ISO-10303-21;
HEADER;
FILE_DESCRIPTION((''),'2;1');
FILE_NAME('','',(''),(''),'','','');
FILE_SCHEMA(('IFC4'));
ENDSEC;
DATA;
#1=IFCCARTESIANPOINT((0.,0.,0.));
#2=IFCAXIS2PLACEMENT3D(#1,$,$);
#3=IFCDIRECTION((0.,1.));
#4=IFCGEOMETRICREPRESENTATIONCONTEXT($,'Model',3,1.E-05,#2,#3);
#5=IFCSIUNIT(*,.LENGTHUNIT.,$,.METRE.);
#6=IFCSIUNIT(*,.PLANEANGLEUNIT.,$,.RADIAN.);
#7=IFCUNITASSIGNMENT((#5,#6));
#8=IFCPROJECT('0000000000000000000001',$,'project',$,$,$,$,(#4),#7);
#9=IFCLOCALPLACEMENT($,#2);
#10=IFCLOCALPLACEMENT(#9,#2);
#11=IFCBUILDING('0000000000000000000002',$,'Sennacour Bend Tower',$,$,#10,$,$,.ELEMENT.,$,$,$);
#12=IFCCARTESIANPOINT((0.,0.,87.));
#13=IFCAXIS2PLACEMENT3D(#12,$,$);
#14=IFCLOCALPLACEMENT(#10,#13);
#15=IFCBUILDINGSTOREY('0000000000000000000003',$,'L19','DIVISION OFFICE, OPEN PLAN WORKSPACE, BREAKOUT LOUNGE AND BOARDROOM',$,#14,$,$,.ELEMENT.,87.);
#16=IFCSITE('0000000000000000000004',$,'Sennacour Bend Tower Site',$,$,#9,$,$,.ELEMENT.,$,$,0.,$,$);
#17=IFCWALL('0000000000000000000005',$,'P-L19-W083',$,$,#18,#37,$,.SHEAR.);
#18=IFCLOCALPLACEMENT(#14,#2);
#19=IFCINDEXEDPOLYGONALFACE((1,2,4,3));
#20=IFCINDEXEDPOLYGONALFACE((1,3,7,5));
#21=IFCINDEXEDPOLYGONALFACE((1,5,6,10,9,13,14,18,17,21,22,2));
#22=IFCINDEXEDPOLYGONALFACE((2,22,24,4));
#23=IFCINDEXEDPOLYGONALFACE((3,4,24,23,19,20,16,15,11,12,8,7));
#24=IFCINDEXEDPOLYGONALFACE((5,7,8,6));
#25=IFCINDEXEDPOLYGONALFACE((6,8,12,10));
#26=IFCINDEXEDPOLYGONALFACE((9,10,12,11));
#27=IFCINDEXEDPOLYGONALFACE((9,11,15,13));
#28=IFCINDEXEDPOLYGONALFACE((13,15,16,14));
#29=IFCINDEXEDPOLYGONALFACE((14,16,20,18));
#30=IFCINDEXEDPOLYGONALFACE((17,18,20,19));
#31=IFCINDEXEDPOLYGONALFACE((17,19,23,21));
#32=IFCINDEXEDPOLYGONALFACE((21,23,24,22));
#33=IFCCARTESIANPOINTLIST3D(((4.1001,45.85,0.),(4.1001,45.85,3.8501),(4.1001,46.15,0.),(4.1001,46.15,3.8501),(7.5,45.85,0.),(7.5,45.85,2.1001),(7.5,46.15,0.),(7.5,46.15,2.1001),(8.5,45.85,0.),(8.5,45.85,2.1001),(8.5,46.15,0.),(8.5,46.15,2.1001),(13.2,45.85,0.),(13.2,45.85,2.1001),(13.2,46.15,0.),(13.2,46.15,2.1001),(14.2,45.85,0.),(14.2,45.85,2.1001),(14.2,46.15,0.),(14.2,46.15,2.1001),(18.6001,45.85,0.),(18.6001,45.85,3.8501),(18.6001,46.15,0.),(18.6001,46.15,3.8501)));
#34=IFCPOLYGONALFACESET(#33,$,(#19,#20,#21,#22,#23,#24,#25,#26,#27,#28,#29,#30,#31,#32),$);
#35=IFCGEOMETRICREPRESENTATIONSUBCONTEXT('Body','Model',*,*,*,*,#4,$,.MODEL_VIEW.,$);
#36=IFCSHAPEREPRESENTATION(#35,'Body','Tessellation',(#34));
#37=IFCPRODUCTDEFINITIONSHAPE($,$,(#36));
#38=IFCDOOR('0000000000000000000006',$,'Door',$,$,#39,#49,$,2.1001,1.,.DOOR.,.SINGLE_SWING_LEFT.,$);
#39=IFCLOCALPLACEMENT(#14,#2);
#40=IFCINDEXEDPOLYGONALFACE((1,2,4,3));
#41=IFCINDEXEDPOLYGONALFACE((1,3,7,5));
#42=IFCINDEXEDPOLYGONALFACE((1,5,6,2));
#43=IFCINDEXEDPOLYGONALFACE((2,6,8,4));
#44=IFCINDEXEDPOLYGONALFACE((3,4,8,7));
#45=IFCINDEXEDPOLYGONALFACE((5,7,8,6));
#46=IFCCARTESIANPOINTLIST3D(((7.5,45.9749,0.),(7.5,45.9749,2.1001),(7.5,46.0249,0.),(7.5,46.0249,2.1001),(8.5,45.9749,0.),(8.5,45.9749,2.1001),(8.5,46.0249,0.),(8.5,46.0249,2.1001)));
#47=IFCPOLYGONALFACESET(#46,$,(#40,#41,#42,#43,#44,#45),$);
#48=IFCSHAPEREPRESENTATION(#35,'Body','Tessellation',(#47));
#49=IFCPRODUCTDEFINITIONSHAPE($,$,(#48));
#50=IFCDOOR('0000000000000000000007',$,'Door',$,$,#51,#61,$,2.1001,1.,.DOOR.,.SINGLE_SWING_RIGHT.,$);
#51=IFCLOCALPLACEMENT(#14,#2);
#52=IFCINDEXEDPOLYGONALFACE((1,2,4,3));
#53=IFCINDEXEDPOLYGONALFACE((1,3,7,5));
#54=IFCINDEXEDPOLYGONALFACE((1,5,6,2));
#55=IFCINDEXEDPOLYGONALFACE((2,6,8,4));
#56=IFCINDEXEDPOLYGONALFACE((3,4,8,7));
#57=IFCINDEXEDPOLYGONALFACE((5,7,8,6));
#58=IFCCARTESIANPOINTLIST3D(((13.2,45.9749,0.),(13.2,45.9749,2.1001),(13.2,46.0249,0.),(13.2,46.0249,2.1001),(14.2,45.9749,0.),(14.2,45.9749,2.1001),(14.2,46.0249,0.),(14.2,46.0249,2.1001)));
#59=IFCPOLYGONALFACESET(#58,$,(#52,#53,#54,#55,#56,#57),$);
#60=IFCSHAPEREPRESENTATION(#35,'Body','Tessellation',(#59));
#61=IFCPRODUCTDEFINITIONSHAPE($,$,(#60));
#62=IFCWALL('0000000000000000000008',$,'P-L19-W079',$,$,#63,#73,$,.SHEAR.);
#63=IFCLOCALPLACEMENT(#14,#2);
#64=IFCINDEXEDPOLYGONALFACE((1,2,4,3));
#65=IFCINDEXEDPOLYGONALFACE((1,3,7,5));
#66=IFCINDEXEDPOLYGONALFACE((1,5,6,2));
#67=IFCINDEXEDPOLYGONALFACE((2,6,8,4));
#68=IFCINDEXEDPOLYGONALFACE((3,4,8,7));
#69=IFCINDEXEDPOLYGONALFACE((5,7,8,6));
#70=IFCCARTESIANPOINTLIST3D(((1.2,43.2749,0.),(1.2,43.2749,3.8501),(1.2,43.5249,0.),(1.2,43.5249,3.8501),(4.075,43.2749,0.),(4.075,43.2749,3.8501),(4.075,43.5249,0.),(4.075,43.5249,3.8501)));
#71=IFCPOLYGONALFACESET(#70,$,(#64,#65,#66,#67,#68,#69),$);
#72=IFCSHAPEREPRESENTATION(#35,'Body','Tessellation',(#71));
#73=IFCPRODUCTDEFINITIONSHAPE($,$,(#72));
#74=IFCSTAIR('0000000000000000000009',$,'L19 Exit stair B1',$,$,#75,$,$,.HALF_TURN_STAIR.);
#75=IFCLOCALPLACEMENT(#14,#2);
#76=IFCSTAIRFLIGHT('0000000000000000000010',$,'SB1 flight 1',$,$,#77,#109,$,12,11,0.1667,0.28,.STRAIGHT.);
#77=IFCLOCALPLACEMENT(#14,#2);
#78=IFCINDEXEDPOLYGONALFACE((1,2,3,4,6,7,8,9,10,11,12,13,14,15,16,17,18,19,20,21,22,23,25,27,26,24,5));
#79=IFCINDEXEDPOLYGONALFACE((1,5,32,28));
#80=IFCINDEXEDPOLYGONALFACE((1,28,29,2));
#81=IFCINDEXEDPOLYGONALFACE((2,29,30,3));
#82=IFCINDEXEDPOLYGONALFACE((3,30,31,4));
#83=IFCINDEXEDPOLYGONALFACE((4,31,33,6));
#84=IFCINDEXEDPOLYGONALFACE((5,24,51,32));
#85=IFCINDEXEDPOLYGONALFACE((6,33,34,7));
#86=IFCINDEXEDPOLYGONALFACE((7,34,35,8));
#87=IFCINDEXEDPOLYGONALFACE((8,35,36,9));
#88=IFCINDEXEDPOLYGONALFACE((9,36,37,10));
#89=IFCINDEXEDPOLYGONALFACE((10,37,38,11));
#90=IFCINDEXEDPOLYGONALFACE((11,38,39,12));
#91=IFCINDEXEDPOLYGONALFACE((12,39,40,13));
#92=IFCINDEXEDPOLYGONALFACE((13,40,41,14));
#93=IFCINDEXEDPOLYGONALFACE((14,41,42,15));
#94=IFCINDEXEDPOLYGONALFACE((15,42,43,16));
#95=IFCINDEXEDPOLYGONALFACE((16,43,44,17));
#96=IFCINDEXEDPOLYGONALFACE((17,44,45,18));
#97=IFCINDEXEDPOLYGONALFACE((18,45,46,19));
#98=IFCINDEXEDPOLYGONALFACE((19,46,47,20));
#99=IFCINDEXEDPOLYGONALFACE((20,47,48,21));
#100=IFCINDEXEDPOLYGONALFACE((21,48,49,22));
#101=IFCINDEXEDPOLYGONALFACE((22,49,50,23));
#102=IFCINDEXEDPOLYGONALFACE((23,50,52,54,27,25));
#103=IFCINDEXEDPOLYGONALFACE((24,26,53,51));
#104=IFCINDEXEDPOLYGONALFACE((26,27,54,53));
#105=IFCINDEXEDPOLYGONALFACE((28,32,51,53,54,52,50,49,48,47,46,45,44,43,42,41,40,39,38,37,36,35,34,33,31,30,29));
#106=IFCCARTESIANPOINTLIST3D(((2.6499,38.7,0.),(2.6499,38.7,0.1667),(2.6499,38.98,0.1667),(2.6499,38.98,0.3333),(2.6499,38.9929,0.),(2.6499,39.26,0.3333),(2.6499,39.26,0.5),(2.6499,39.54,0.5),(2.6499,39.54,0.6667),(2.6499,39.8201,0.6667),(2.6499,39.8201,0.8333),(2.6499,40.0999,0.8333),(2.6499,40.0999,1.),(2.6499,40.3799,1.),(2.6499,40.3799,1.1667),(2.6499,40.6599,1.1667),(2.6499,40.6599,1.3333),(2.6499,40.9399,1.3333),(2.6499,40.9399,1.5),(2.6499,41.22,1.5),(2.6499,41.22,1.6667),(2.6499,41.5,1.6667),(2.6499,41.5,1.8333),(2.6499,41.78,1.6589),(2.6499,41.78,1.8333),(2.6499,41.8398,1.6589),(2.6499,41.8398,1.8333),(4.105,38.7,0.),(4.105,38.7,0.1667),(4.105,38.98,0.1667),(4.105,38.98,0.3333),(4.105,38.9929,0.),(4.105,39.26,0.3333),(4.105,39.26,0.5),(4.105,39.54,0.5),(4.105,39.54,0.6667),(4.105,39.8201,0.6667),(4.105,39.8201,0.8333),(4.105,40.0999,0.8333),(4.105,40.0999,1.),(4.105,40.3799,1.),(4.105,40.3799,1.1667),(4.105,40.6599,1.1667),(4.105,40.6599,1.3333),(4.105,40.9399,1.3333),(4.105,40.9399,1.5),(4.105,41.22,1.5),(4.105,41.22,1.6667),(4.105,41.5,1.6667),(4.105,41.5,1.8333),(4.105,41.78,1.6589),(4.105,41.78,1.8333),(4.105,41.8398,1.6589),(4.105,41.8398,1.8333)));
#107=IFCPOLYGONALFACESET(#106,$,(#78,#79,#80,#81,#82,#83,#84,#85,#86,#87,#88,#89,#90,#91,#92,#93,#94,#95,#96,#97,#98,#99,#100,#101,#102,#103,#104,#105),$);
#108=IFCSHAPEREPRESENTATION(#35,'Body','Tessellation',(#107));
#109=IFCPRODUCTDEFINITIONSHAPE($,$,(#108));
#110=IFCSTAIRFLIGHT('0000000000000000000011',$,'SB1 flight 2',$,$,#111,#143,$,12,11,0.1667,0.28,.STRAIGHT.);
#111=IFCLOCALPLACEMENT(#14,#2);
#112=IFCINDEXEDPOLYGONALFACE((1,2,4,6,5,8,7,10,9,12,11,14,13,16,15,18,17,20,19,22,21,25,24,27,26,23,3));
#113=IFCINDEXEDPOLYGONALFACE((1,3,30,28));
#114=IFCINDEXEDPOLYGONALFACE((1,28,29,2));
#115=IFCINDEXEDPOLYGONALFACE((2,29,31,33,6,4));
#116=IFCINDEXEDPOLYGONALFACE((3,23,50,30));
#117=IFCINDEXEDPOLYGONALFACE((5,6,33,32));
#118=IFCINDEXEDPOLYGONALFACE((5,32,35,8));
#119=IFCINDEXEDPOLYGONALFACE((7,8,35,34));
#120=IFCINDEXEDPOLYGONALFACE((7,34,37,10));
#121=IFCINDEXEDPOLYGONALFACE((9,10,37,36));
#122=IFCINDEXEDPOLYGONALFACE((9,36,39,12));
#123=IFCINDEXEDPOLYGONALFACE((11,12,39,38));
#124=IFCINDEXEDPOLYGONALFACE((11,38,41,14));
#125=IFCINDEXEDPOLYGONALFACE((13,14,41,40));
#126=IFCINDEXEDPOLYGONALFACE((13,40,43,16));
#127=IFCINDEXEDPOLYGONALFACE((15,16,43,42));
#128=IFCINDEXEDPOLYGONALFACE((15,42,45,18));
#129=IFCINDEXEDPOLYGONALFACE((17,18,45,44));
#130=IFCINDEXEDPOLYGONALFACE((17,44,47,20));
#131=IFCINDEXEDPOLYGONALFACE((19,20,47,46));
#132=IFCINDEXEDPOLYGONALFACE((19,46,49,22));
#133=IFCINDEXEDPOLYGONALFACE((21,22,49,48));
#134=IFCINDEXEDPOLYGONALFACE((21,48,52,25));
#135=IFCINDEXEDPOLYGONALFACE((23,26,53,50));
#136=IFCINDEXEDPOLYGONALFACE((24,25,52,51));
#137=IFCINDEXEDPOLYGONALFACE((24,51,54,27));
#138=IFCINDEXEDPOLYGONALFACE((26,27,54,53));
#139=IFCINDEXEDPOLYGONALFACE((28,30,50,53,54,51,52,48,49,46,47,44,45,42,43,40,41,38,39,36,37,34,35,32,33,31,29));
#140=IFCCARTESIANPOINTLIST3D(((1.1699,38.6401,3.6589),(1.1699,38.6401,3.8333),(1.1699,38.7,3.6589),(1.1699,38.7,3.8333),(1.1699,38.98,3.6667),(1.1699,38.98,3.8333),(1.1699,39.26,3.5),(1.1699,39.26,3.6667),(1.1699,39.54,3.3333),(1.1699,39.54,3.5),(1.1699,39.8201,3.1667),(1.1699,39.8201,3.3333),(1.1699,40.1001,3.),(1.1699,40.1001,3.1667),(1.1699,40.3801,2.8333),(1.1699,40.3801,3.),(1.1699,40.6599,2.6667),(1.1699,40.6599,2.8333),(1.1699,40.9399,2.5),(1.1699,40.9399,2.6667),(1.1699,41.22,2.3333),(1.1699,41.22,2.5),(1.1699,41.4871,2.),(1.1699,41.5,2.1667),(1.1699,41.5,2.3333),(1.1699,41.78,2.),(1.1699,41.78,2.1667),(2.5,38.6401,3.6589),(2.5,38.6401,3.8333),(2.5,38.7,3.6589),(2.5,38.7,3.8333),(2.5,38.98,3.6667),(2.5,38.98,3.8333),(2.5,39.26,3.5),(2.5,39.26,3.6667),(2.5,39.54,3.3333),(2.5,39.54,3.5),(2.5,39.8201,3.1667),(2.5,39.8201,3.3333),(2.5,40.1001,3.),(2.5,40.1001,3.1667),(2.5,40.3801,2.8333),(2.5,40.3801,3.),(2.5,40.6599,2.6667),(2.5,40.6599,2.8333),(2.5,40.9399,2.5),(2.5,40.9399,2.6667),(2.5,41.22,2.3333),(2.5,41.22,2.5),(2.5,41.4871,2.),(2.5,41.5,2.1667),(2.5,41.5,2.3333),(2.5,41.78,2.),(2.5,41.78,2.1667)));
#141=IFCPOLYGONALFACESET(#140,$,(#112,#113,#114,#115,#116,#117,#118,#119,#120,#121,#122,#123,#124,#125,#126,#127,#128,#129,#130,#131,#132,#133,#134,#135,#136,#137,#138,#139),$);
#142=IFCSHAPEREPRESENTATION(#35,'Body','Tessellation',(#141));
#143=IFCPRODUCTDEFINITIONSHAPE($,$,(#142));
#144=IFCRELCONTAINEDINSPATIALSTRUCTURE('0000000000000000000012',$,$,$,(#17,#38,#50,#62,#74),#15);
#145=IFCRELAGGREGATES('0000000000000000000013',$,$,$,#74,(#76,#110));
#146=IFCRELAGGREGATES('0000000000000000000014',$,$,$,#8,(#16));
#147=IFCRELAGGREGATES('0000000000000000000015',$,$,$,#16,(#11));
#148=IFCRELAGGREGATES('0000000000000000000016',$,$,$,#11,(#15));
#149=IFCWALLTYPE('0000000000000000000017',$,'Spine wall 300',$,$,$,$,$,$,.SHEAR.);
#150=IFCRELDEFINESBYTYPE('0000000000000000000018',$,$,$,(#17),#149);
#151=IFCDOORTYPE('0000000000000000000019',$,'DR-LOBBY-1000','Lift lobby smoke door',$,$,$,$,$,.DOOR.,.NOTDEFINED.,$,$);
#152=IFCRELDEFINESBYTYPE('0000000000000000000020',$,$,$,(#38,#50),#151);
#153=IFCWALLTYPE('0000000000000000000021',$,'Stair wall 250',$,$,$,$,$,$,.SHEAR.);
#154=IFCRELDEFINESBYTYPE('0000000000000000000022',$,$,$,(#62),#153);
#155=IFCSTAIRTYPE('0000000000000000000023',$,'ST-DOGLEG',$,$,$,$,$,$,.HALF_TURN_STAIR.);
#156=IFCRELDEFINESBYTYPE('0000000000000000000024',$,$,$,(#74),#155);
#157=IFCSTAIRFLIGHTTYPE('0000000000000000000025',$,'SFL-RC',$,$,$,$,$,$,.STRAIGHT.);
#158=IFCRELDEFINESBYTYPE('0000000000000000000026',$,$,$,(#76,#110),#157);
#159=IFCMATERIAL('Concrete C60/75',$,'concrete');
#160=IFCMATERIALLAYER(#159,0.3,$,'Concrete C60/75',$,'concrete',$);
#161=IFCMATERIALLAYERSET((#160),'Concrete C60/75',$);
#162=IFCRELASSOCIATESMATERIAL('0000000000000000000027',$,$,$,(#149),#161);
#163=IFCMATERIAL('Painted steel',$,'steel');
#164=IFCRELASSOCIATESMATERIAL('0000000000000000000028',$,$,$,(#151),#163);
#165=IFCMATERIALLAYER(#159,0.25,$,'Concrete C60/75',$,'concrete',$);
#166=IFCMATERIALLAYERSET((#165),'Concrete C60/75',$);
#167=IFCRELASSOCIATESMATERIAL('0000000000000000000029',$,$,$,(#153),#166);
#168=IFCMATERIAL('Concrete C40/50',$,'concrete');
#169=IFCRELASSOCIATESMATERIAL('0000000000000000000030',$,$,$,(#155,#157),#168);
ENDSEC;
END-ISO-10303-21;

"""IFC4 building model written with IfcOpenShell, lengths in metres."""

from ifc_helpers import new_model, si_unit, direction, frame, frame_2d, origin, place, context, subcontext, project, spatial, polyline, rectangle, outline, extrude, material, layer, layer_set, type_object, element, fill, aggregate, save


model = new_model("IFC4")

# Units and contexts
model_context = context("Model", 3, precision=1e-05, world=origin(), true_north=direction((0.0, 1.0)))
body_context = subcontext(model_context, "Body", "Model", "MODEL_VIEW")
ifc_project = project(units=[si_unit("LENGTHUNIT", "METRE"), si_unit("PLANEANGLEUNIT", "RADIAN")], contexts=[model_context])

# Site, building, storey
site_placement = place(None, origin())
site = spatial("IfcSite", under=ifc_project, at=site_placement, Name="Sennacour Bend Tower Site", CompositionType="ELEMENT", RefElevation=0.0)
building_placement = place(site_placement, origin())
building = spatial("IfcBuilding", under=site, at=building_placement, Name="Sennacour Bend Tower", CompositionType="ELEMENT")
storey_placement = place(building_placement, frame((0.0, 0.0, 87.0)))
storey = spatial("IfcBuildingStorey", under=building, at=storey_placement, Name="L19", Description="DIVISION OFFICE, OPEN PLAN WORKSPACE, BREAKOUT LOUNGE AND BOARDROOM", CompositionType="ELEMENT", Elevation=87.0)

# Shared definitions
ifc_material_1 = material(Name="Painted steel", Category="steel")

# Wall, openings, doors
ifc_material_2 = material(Name="Concrete C60/75", Category="concrete")
ifc_layer_1 = layer(ifc_material_2, 0.3, Name="Concrete C60/75", Category="concrete")
ifc_layer_set_1 = layer_set([ifc_layer_1], Name="Concrete C60/75")
wall_type_1 = type_object("IfcWallType", Name="Spine wall 300", PredefinedType="SHEAR", material=ifc_layer_set_1)
wall_1_placement = place(storey_placement, frame((4.1001, 46.0, 0.0), z_axis=(0.0, 0.0, 1.0), x_axis=(1.0, 0.0, 0.0)))
wall_1 = element("IfcWall", 1, at=wall_1_placement, inside=storey, type_object=wall_type_1, Name="P-L19-W083", PredefinedType="SHEAR", context=body_context, shape_type="SweptSolid", body=[
    extrude(rectangle(XDim=14.5, YDim=0.3, at=frame_2d((7.25, 0.0))), origin(), (0.0, 0.0, 1.0), 3.8501),
])
opening_1_placement = place(wall_1_placement, frame((3.3999, 0.0, 0.0)))
opening_1 = element("IfcOpeningElement", 2, at=opening_1_placement, cuts=wall_1, PredefinedType="OPENING", context=body_context, shape_type="SweptSolid", body=[
    extrude(rectangle(XDim=1.0, YDim=2.1001, at=frame_2d((0.5, 1.05))), frame((0.0, 0.1602, 0.0), z_axis=(0.0, -1.0, 0.0), x_axis=(1.0, 0.0, 0.0)), (0.0, 0.0, 1.0), 0.3201),
])
opening_2_placement = place(wall_1_placement, frame((9.0999, 0.0, 0.0)))
opening_2 = element("IfcOpeningElement", 3, at=opening_2_placement, cuts=wall_1, PredefinedType="OPENING", context=body_context, shape_type="SweptSolid", body=[
    extrude(rectangle(XDim=1.0, YDim=2.1001, at=frame_2d((0.5, 1.05))), frame((0.0, 0.1602, 0.0), z_axis=(0.0, -1.0, 0.0), x_axis=(1.0, 0.0, 0.0)), (0.0, 0.0, 1.0), 0.3201),
])
door_type_1 = type_object("IfcDoorType", Name="DR-LOBBY-1000", Description="Lift lobby smoke door", OperationType="NOTDEFINED", PredefinedType="DOOR", material=ifc_material_1)
door_1_placement = place(opening_1_placement, origin())
door_1 = element("IfcDoor", 4, at=door_1_placement, inside=storey, type_object=door_type_1, Name="Door", OperationType="SINGLE_SWING_LEFT", OverallHeight=2.1001, OverallWidth=1.0, PredefinedType="DOOR", context=body_context, shape_type="SweptSolid", body=[
    extrude(rectangle(XDim=1.0, YDim=2.1001, at=frame_2d((0.5, 1.05))), frame((0.0, 0.0249, 0.0), z_axis=(0.0, -1.0, 0.0), x_axis=(1.0, 0.0, 0.0)), (0.0, 0.0, 1.0), 0.05),
])
fill(opening_1, door_1)
door_2_placement = place(opening_2_placement, origin())
door_2 = element("IfcDoor", 5, at=door_2_placement, inside=storey, type_object=door_type_1, Name="Door", OperationType="SINGLE_SWING_RIGHT", OverallHeight=2.1001, OverallWidth=1.0, PredefinedType="DOOR", context=body_context, shape_type="SweptSolid", body=[
    extrude(rectangle(XDim=1.0, YDim=2.1001, at=frame_2d((0.5, 1.05))), frame((0.0, 0.0249, 0.0), z_axis=(0.0, -1.0, 0.0), x_axis=(1.0, 0.0, 0.0)), (0.0, 0.0, 1.0), 0.05),
])
fill(opening_2, door_2)

# Wall
ifc_layer_2 = layer(ifc_material_2, 0.25, Name="Concrete C60/75", Category="concrete")
ifc_layer_set_2 = layer_set([ifc_layer_2], Name="Concrete C60/75")
wall_type_2 = type_object("IfcWallType", Name="Stair wall 250", PredefinedType="SHEAR", material=ifc_layer_set_2)
wall_2_placement = place(storey_placement, frame((1.2, 43.3999, 0.0), z_axis=(0.0, 0.0, 1.0), x_axis=(1.0, 0.0, 0.0)))
element("IfcWall", 6, at=wall_2_placement, inside=storey, type_object=wall_type_2, Name="P-L19-W079", PredefinedType="SHEAR", context=body_context, shape_type="SweptSolid", body=[
    extrude(rectangle(XDim=2.875, YDim=0.25, at=frame_2d((1.4375, 0.0))), origin(), (0.0, 0.0, 1.0), 3.8501),
])

# Stair, stair flights
ifc_material_3 = material(Name="Concrete C40/50", Category="concrete")
stair_type = type_object("IfcStairType", Name="ST-DOGLEG", PredefinedType="HALF_TURN_STAIR", material=ifc_material_3)
stair_placement = place(storey_placement, origin())
stair = element("IfcStair", 7, at=stair_placement, inside=storey, type_object=stair_type, Name="L19 Exit stair B1", PredefinedType="HALF_TURN_STAIR")
stair_flight_type = type_object("IfcStairFlightType", Name="SFL-RC", PredefinedType="STRAIGHT", material=ifc_material_3)
stair_flight_1_placement = place(storey_placement, frame((3.3774, 38.7, 0.0), z_axis=(0.0, 0.0, 1.0), x_axis=(0.0, 1.0, 0.0)))
stair_flight_1 = element("IfcStairFlight", 8, at=stair_flight_1_placement, type_object=stair_flight_type, Name="SB1 flight 1", NumberOfRisers=12, NumberOfTreads=11, PredefinedType="STRAIGHT", RiserHeight=0.1667, TreadLength=0.28, context=body_context, shape_type="SweptSolid", body=[
    extrude(outline(polyline([(0.0, 0.0), (0.0, 0.1667), (0.28, 0.1667), (0.28, 0.3333), (0.5601, 0.3333), (0.5601, 0.5), (0.8401, 0.5), (0.8401, 0.6667), (1.1201, 0.6667), (1.1201, 0.8333), (1.3999, 0.8333), (1.3999, 1.0), (1.6799, 1.0), (1.6799, 1.1667), (1.96, 1.1667), (1.96, 1.3333), (2.24, 1.3333), (2.24, 1.5), (2.52, 1.5), (2.52, 1.6667), (2.8, 1.6667), (2.8, 1.8333), (3.0801, 1.8333), (3.1399, 1.8333), (3.1399, 1.6589), (3.0801, 1.6589), (0.293, 0.0), (0.0, 0.0)])), frame((0.0, 0.7275, 0.0), z_axis=(0.0, -1.0, 0.0), x_axis=(1.0, 0.0, 0.0)), (0.0, 0.0, 1.0), 1.4551),
])
stair_flight_2_placement = place(storey_placement, frame((1.835, 41.78, 2.0), z_axis=(0.0, 0.0, 1.0), x_axis=(0.0, -1.0, 0.0)))
stair_flight_2 = element("IfcStairFlight", 9, at=stair_flight_2_placement, type_object=stair_flight_type, Name="SB1 flight 2", NumberOfRisers=12, NumberOfTreads=11, PredefinedType="STRAIGHT", RiserHeight=0.1667, TreadLength=0.28, context=body_context, shape_type="SweptSolid", body=[
    extrude(outline(polyline([(0.0, 0.0), (0.0, 0.1667), (0.28, 0.1667), (0.28, 0.3333), (0.5601, 0.3333), (0.5601, 0.5), (0.8401, 0.5), (0.8401, 0.6667), (1.1201, 0.6667), (1.1201, 0.8333), (1.3999, 0.8333), (1.3999, 1.0), (1.6799, 1.0), (1.6799, 1.1667), (1.96, 1.1667), (1.96, 1.3333), (2.24, 1.3333), (2.24, 1.5), (2.52, 1.5), (2.52, 1.6667), (2.8, 1.6667), (2.8, 1.8333), (3.0801, 1.8333), (3.1399, 1.8333), (3.1399, 1.6589), (3.0801, 1.6589), (0.293, 0.0), (0.0, 0.0)])), frame((0.0, 0.665, 0.0), z_axis=(0.0, -1.0, 0.0), x_axis=(1.0, 0.0, 0.0)), (0.0, 0.0, 1.0), 1.3301),
])
aggregate(stair, [stair_flight_1, stair_flight_2])

save(model, "model.ifc")
